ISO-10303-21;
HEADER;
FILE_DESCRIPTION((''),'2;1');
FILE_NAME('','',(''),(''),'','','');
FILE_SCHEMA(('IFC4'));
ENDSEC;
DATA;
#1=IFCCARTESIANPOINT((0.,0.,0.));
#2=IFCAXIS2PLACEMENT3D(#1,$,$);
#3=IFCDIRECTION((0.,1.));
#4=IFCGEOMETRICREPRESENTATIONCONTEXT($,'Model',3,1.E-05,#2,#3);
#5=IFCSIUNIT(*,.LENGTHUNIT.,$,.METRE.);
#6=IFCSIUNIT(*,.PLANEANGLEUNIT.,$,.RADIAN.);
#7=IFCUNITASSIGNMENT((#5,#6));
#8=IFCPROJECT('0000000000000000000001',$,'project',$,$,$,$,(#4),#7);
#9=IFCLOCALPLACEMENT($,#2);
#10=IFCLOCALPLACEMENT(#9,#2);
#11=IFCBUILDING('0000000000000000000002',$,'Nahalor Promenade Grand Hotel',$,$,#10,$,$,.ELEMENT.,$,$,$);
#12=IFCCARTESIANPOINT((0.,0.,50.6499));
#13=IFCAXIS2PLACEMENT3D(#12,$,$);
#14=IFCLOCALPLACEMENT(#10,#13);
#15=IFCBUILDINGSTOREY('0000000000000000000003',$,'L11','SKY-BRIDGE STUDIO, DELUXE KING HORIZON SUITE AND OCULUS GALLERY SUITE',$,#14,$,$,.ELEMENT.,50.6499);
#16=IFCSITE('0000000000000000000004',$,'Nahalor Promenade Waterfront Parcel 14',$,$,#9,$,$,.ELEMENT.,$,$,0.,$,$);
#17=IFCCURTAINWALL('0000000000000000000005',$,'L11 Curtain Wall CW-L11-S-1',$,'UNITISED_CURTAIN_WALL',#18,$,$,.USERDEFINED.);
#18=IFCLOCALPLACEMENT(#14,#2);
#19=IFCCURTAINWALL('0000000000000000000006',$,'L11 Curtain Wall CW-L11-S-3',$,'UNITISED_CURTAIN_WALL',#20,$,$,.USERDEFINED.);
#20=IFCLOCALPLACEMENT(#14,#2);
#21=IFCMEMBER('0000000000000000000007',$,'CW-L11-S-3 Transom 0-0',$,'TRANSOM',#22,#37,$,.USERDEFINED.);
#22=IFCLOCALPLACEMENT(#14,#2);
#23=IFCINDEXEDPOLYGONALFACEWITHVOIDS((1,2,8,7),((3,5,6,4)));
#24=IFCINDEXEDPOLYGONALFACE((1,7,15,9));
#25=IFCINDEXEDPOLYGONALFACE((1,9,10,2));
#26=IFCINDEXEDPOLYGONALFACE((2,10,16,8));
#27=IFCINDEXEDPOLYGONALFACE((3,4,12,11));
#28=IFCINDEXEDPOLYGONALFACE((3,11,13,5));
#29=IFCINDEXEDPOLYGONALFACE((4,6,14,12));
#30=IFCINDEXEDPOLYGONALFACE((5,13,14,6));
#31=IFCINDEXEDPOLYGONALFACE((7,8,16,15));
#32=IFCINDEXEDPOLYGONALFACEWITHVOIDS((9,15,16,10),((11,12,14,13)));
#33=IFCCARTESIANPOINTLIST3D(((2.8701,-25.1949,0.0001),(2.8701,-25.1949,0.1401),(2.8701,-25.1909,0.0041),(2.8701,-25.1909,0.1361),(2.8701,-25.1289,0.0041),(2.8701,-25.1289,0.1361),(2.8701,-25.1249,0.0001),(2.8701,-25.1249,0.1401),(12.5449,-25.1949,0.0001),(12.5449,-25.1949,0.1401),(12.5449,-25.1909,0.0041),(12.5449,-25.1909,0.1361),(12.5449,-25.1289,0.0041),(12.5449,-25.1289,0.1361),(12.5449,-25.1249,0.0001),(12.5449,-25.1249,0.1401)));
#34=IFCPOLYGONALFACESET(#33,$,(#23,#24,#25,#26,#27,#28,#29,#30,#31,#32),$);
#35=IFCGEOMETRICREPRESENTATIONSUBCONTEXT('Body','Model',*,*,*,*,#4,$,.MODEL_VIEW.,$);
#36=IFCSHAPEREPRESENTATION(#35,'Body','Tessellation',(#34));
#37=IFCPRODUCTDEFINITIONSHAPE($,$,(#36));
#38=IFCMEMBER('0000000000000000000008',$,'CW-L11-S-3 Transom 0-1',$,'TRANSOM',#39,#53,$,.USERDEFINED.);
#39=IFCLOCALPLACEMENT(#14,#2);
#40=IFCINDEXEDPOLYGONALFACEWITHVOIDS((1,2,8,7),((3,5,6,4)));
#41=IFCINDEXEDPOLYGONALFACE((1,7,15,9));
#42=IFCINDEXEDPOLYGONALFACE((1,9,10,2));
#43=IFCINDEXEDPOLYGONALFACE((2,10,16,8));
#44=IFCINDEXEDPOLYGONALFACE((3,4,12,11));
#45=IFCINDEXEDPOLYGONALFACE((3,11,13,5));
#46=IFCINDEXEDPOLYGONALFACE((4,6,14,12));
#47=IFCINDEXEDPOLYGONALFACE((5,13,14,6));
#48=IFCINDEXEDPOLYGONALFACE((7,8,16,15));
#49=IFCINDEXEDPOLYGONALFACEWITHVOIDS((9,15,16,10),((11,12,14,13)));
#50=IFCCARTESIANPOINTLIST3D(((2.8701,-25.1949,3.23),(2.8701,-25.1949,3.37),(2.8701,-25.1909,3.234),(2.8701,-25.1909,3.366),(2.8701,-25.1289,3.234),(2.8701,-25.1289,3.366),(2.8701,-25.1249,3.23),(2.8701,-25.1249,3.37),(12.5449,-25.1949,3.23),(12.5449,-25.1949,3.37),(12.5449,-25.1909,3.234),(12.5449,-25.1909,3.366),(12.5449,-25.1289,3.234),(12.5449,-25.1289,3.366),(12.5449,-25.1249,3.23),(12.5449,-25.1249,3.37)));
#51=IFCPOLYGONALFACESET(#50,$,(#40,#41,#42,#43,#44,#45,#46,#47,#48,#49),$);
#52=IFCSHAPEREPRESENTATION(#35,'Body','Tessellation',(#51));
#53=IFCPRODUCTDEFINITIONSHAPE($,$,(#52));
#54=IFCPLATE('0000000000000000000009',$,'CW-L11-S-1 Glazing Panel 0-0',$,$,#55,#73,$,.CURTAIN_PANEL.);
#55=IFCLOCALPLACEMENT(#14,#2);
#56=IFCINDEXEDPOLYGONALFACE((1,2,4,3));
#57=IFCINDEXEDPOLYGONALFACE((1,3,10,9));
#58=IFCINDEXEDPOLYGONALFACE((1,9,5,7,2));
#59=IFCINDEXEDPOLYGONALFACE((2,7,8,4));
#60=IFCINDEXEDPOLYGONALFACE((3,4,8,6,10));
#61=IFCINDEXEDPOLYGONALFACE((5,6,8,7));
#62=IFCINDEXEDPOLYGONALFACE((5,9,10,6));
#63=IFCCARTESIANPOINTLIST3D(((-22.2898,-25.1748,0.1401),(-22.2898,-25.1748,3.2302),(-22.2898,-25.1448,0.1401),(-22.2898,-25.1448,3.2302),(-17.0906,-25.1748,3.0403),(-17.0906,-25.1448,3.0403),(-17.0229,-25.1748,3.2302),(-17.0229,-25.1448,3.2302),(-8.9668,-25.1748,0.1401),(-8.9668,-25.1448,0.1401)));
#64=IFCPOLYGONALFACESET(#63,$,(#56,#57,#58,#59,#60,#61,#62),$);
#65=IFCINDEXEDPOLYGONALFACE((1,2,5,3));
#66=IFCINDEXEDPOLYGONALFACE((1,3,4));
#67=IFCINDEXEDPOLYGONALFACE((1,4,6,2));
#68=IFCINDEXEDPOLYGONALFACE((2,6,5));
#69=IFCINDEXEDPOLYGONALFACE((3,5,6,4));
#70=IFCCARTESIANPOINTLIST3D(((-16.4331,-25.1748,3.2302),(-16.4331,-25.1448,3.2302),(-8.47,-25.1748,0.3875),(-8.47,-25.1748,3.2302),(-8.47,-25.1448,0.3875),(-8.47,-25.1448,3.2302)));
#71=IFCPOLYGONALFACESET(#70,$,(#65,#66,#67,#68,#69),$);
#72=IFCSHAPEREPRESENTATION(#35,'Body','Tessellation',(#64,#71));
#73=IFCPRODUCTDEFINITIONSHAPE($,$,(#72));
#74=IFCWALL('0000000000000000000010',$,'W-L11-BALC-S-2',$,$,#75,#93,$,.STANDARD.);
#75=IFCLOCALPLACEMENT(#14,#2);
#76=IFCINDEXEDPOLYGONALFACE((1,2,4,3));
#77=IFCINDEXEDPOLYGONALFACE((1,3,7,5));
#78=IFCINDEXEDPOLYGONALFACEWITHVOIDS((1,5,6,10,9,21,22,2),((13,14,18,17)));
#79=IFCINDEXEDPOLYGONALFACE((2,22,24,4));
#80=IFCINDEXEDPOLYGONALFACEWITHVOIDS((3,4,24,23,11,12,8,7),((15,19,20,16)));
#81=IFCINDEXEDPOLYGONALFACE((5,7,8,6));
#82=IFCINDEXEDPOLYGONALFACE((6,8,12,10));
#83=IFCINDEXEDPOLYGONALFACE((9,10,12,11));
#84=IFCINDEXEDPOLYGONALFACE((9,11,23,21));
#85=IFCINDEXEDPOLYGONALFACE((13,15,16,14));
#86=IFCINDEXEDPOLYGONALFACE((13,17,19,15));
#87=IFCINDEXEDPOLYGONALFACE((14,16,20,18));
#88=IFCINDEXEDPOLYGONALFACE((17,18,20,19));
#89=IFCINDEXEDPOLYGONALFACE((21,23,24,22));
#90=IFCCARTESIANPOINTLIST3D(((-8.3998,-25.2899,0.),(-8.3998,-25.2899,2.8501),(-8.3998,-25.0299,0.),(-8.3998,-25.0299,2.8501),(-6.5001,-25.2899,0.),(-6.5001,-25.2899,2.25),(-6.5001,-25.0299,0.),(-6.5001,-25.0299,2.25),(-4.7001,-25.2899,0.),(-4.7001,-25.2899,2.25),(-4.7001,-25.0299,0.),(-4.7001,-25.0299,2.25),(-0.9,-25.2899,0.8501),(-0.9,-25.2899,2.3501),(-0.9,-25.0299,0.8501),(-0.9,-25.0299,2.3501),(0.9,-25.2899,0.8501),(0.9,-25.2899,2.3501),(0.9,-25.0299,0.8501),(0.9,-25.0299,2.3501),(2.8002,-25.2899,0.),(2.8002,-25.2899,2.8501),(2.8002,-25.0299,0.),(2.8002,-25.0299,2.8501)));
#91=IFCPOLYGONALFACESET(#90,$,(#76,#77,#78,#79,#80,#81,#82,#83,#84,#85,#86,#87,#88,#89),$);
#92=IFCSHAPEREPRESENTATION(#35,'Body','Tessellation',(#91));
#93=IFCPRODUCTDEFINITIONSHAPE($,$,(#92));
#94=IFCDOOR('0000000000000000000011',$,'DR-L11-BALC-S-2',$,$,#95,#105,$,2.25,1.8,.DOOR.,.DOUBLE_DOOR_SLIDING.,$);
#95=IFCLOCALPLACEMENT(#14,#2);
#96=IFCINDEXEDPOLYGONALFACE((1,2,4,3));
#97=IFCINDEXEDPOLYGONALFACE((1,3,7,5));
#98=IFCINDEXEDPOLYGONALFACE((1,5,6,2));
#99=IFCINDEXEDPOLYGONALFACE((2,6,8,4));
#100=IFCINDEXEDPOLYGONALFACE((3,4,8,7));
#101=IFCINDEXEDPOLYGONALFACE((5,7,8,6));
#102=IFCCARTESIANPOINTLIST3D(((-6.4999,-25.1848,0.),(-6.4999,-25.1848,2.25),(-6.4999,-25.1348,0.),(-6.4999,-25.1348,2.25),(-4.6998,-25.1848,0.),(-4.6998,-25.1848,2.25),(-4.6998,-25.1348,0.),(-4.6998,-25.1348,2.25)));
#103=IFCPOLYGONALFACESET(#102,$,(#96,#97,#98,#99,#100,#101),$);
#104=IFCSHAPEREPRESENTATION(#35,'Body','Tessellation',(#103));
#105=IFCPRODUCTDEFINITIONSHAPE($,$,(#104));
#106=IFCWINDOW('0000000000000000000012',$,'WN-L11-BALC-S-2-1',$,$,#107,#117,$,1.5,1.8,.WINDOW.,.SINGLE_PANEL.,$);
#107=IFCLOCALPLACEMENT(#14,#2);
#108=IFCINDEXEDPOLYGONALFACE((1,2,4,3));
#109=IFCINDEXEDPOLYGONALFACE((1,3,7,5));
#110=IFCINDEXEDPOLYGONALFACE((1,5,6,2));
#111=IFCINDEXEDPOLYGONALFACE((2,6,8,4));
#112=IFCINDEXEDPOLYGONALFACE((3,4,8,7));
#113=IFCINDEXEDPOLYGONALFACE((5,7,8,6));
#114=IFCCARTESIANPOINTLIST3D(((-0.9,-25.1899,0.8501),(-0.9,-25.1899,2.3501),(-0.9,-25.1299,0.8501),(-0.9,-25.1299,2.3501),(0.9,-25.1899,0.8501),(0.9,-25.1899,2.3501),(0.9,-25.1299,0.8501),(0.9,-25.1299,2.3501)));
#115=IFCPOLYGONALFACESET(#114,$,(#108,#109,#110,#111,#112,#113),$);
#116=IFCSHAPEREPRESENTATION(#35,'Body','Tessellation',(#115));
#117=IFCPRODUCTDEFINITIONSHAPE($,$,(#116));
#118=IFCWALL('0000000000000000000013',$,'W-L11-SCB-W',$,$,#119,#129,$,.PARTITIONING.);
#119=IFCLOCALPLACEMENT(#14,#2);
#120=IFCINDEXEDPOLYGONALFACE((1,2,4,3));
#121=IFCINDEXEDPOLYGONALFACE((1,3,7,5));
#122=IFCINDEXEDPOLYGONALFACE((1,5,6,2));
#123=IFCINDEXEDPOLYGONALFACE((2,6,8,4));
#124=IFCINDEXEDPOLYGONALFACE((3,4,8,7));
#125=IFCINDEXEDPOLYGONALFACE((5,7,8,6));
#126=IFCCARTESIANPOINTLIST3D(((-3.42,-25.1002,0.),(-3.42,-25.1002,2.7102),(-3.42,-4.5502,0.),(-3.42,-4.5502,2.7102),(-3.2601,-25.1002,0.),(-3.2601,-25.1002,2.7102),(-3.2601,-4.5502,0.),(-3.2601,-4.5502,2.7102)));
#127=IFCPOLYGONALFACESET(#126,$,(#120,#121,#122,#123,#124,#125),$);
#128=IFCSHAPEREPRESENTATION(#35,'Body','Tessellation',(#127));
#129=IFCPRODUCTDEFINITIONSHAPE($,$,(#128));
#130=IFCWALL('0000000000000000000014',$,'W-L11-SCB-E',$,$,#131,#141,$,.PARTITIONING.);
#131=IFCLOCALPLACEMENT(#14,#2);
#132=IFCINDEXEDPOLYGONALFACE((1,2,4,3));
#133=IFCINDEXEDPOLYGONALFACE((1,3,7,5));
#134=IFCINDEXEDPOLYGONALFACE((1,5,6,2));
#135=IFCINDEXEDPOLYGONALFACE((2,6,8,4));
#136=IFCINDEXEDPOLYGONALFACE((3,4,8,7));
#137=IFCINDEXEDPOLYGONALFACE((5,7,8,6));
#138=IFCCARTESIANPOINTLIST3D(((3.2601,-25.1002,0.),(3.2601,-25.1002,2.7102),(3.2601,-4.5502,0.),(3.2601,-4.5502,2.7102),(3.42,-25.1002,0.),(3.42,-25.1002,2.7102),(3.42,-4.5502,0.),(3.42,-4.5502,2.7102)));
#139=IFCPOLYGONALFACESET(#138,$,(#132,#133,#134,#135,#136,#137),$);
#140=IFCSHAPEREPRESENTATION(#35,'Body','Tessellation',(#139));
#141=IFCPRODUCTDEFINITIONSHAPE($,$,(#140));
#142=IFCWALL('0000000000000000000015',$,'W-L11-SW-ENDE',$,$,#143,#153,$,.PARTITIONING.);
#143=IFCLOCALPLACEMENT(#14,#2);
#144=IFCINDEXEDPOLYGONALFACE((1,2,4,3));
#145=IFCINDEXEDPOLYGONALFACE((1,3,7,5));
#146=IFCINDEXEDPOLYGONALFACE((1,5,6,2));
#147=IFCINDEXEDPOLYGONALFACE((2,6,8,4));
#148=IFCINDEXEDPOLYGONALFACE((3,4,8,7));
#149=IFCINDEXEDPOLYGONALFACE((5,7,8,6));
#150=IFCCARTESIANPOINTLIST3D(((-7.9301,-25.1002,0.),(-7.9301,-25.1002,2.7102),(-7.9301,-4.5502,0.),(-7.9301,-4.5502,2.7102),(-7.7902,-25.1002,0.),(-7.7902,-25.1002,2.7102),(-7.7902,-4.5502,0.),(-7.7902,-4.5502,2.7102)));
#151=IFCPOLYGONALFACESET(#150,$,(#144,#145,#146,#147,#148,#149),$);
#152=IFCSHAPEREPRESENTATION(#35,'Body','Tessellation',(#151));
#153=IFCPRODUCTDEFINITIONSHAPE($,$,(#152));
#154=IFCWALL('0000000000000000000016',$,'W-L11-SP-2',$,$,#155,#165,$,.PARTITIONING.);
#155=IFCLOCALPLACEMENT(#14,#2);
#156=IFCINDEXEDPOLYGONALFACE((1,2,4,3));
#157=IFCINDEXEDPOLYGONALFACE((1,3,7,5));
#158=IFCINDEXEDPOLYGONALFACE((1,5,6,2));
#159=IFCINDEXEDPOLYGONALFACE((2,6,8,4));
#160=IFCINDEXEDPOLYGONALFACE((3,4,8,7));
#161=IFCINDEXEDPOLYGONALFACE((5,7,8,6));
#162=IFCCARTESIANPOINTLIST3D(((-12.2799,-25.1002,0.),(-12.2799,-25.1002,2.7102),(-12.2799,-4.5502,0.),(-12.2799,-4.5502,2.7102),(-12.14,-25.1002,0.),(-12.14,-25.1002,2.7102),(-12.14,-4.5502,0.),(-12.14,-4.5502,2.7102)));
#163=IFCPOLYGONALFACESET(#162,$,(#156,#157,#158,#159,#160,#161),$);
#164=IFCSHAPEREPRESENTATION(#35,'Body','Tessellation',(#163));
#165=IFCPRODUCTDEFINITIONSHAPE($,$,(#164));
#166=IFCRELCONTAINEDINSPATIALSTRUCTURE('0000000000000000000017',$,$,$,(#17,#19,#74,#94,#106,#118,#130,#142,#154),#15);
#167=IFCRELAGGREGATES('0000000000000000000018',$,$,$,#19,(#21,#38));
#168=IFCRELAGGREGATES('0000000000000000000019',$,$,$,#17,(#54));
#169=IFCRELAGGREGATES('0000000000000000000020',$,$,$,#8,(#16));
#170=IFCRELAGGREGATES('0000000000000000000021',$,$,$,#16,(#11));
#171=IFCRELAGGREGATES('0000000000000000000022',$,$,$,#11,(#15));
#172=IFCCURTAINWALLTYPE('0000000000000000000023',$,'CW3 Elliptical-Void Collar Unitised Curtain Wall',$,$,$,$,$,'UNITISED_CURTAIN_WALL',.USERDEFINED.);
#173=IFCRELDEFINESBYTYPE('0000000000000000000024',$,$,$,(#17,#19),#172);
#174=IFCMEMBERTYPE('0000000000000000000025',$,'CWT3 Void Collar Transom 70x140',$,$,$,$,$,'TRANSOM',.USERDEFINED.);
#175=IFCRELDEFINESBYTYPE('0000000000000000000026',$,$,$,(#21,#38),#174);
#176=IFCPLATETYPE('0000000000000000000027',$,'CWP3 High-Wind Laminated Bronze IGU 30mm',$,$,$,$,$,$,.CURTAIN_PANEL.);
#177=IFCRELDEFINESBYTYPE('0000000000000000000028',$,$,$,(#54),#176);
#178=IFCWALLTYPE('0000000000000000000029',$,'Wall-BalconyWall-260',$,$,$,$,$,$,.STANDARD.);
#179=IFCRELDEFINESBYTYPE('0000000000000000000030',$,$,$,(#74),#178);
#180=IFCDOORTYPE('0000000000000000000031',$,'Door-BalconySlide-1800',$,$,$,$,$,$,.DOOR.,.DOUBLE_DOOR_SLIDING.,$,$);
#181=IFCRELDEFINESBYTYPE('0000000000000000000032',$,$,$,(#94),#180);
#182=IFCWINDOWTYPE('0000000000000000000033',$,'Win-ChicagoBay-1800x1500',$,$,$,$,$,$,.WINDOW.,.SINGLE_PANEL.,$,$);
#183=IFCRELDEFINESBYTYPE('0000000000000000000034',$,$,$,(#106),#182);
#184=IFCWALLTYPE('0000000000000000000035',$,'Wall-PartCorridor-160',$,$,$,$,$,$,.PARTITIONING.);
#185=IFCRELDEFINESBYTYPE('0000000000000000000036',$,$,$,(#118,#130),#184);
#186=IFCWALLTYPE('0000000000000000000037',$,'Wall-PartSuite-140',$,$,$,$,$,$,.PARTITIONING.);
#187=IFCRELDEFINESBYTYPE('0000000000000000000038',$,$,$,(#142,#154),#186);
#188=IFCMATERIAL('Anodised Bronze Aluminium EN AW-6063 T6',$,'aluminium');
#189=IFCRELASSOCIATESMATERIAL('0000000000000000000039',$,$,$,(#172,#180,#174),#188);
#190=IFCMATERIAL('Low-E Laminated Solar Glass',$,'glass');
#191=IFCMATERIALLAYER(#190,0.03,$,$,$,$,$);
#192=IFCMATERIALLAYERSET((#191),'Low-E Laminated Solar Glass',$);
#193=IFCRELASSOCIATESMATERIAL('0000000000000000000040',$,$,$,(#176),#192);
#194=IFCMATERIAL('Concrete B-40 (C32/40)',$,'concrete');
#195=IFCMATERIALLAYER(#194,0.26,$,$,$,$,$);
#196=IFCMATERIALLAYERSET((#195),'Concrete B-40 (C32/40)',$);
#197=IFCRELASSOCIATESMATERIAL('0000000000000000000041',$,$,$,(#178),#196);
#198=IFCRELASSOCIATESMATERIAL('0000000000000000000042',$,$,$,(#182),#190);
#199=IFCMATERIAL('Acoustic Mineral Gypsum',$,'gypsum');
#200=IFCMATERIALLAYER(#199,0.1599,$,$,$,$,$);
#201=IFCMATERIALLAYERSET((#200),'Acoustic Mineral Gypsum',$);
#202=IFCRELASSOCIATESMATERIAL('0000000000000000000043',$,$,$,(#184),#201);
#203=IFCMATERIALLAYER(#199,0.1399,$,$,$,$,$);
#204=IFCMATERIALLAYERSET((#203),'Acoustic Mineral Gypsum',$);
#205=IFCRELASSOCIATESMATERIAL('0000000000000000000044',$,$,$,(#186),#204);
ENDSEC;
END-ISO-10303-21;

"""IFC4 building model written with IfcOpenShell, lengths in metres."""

from ifc_helpers import new_model, si_unit, direction, frame, frame_2d, origin, origin_2d, place, context, subcontext, project, spatial, polyline, rectangle, hollow_rectangle, outline, extrude, source, transform, mapped, material, layer, layer_set, material_profile, profile_set, type_object, element, fill, aggregate, save


model = new_model("IFC4")

# Units and contexts
model_context = context("Model", 3, precision=1e-05, world=origin(), true_north=direction((0.0, 1.0)))
body_context = subcontext(model_context, "Body", "Model", "MODEL_VIEW")
ifc_project = project(units=[si_unit("LENGTHUNIT", "METRE"), si_unit("PLANEANGLEUNIT", "RADIAN")], contexts=[model_context])

# Site, building, storey
site_placement = place(None, origin())
site = spatial("IfcSite", under=ifc_project, at=site_placement, Name="Nahalor Promenade Waterfront Parcel 14", CompositionType="ELEMENT", RefElevation=0.0)
building_placement = place(site_placement, origin())
building = spatial("IfcBuilding", under=site, at=building_placement, Name="Nahalor Promenade Grand Hotel", CompositionType="ELEMENT")
storey_placement = place(building_placement, frame((0.0, 0.0, 50.6499)))
storey = spatial("IfcBuildingStorey", under=building, at=storey_placement, Name="L11", Description="SKY-BRIDGE STUDIO, DELUXE KING HORIZON SUITE AND OCULUS GALLERY SUITE", CompositionType="ELEMENT", Elevation=50.6499)

# Curtain wall
ifc_material_1 = material(Name="Anodised Bronze Aluminium EN AW-6063 T6", Category="aluminium")
curtain_wall_type = type_object("IfcCurtainWallType", Name="CW3 Elliptical-Void Collar Unitised Curtain Wall", ElementType="UNITISED_CURTAIN_WALL", PredefinedType="USERDEFINED", material=ifc_material_1)
curtain_wall_1_placement = place(storey_placement, origin())
curtain_wall_1 = element("IfcCurtainWall", 1, at=curtain_wall_1_placement, inside=storey, type_object=curtain_wall_type, Name="L11 Curtain Wall CW-L11-S-1", ObjectType="UNITISED_CURTAIN_WALL", PredefinedType="USERDEFINED")

# Curtain wall, members
curtain_wall_2_placement = place(storey_placement, origin())
curtain_wall_2 = element("IfcCurtainWall", 2, at=curtain_wall_2_placement, inside=storey, type_object=curtain_wall_type, Name="L11 Curtain Wall CW-L11-S-3", ObjectType="UNITISED_CURTAIN_WALL", PredefinedType="USERDEFINED")
ifc_material_profile_1 = material_profile(ifc_material_1, hollow_rectangle(XDim=0.07, YDim=0.14, WallThickness=0.004, at=origin_2d()), Name="CWT 70x140x4")
ifc_profile_set_1 = profile_set([ifc_material_profile_1], Name="Anodised Bronze Aluminium EN AW-6063 T6")
member_type_1 = type_object("IfcMemberType", Name="CWT3 Void Collar Transom 70x140", ElementType="TRANSOM", PredefinedType="USERDEFINED", material=ifc_profile_set_1)
shared_shape_1 = source(origin(), body_context, "Body", "SweptSolid", [
    extrude(hollow_rectangle(XDim=0.07, YDim=0.14, WallThickness=0.004, at=origin_2d()), origin(), (0.0, 0.0, 1.0), 9.6748),
])
member_1_placement = place(storey_placement, frame((2.8701, -25.1599, 0.0701), z_axis=(1.0, 0.0, 0.0), x_axis=(0.0, 1.0, 0.0)))
member_1 = element("IfcMember", 3, at=member_1_placement, type_object=member_type_1, Name="CW-L11-S-3 Transom 0-0", ObjectType="TRANSOM", PredefinedType="USERDEFINED", context=body_context, shape_type="MappedRepresentation", body=[
    mapped(shared_shape_1, transform((0.0, 0.0, 0.0), scale=1.0)),
])
member_2_placement = place(storey_placement, frame((2.8701, -25.1599, 3.3), z_axis=(1.0, 0.0, 0.0), x_axis=(0.0, 1.0, 0.0)))
member_2 = element("IfcMember", 4, at=member_2_placement, type_object=member_type_1, Name="CW-L11-S-3 Transom 0-1", ObjectType="TRANSOM", PredefinedType="USERDEFINED", context=body_context, shape_type="MappedRepresentation", body=[
    mapped(shared_shape_1, transform((0.0, 0.0, 0.0), scale=1.0)),
])
aggregate(curtain_wall_2, [member_1, member_2])

# Plate
ifc_material_2 = material(Name="Low-E Laminated Solar Glass", Category="glass")
ifc_layer_1 = layer(ifc_material_2, 0.03)
ifc_layer_set_1 = layer_set([ifc_layer_1], Name="Low-E Laminated Solar Glass")
plate_type = type_object("IfcPlateType", Name="CWP3 High-Wind Laminated Bronze IGU 30mm", PredefinedType="CURTAIN_PANEL", material=ifc_layer_set_1)
plate_placement = place(storey_placement, frame((-15.3799, -25.1599, 0.1401), z_axis=(0.0, 0.0, 1.0), x_axis=(1.0, 0.0, 0.0)))
plate = element("IfcPlate", 5, at=plate_placement, type_object=plate_type, Name="CW-L11-S-1 Glazing Panel 0-0", PredefinedType="CURTAIN_PANEL", context=body_context, shape_type="SweptSolid", body=[
    extrude(outline(polyline([(-6.9099, 3.0901), (-6.9099, 0.0), (6.4131, 0.0), (-1.7107, 2.9001), (-1.6431, 3.0901), (-6.9099, 3.0901)])), frame((0.0, 0.0151, 0.0), z_axis=(0.0, -1.0, 0.0), x_axis=(1.0, 0.0, 0.0)), (0.0, 0.0, 1.0), 0.03),
    extrude(outline(polyline([(6.9099, 0.2473), (6.9099, 3.0901), (-1.0532, 3.0901), (6.9099, 0.2473)])), frame((0.0, 0.0151, 0.0), z_axis=(0.0, -1.0, 0.0), x_axis=(1.0, 0.0, 0.0)), (0.0, 0.0, 1.0), 0.03),
])
aggregate(curtain_wall_1, [plate])

# Wall, openings, door, window
ifc_material_3 = material(Name="Concrete B-40 (C32/40)", Category="concrete")
ifc_layer_2 = layer(ifc_material_3, 0.26)
ifc_layer_set_2 = layer_set([ifc_layer_2], Name="Concrete B-40 (C32/40)")
wall_type_1 = type_object("IfcWallType", Name="Wall-BalconyWall-260", PredefinedType="STANDARD", material=ifc_layer_set_2)
shared_shape_2 = source(origin(), body_context, "Body", "SweptSolid", [
    extrude(rectangle(XDim=11.2, YDim=0.26, at=frame_2d((5.6001, 0.0))), origin(), (0.0, 0.0, 1.0), 2.8501),
])
wall_1_placement = place(storey_placement, frame((-8.3999, -25.1599, 0.0), z_axis=(0.0, 0.0, 1.0), x_axis=(1.0, 0.0, 0.0)))
wall_1 = element("IfcWall", 6, at=wall_1_placement, inside=storey, type_object=wall_type_1, Name="W-L11-BALC-S-2", PredefinedType="STANDARD", context=body_context, shape_type="MappedRepresentation", body=[
    mapped(shared_shape_2, transform((0.0, 0.0, 0.0), scale=1.0)),
])
opening_1_placement = place(wall_1_placement, frame((1.8999, 0.0, 0.0)))
opening_1 = element("IfcOpeningElement", 7, at=opening_1_placement, cuts=wall_1, PredefinedType="OPENING", context=body_context, shape_type="SweptSolid", body=[
    extrude(rectangle(XDim=1.8, YDim=2.25, at=frame_2d((0.8999, 1.125))), frame((0.0, 0.1399, 0.0), z_axis=(0.0, -1.0, 0.0), x_axis=(1.0, 0.0, 0.0)), (0.0, 0.0, 1.0), 0.28),
])
opening_2_placement = place(wall_1_placement, frame((7.5, 0.0, 0.8501)))
opening_2 = element("IfcOpeningElement", 8, at=opening_2_placement, cuts=wall_1, PredefinedType="OPENING", context=body_context, shape_type="SweptSolid", body=[
    extrude(rectangle(XDim=1.8, YDim=1.5, at=frame_2d((0.8999, 0.75))), frame((0.0, 0.1399, 0.0), z_axis=(0.0, -1.0, 0.0), x_axis=(1.0, 0.0, 0.0)), (0.0, 0.0, 1.0), 0.28),
])
door_type_1 = type_object("IfcDoorType", Name="Door-BalconySlide-1800", OperationType="DOUBLE_DOOR_SLIDING", PredefinedType="DOOR", material=ifc_material_1)
shared_shape_3 = source(origin(), body_context, "Body", "SweptSolid", [
    extrude(rectangle(XDim=1.8, YDim=2.25, at=frame_2d((0.8999, 1.125))), frame((0.0, 0.0249, 0.0), z_axis=(0.0, -1.0, 0.0), x_axis=(1.0, 0.0, 0.0)), (0.0, 0.0, 1.0), 0.05),
])
door_1_placement = place(opening_1_placement, frame((1.8, 0.0, 0.0), z_axis=(0.0, 0.0, 1.0), x_axis=(-1.0, 0.0, 0.0)))
door_1 = element("IfcDoor", 9, at=door_1_placement, inside=storey, type_object=door_type_1, Name="DR-L11-BALC-S-2", OperationType="DOUBLE_DOOR_SLIDING", OverallHeight=2.25, OverallWidth=1.8, PredefinedType="DOOR", context=body_context, shape_type="MappedRepresentation", body=[
    mapped(shared_shape_3, transform((0.0, 0.0, 0.0), scale=1.0)),
])
fill(opening_1, door_1)
window_type = type_object("IfcWindowType", Name="Win-ChicagoBay-1800x1500", PartitioningType="SINGLE_PANEL", PredefinedType="WINDOW", material=ifc_material_2)
shared_shape_4 = source(origin(), body_context, "Body", "SweptSolid", [
    extrude(rectangle(XDim=1.8, YDim=1.5, at=frame_2d((0.8999, 0.75))), frame((0.0, 0.03, 0.0), z_axis=(0.0, -1.0, 0.0), x_axis=(1.0, 0.0, 0.0)), (0.0, 0.0, 1.0), 0.0601),
])
window_placement = place(opening_2_placement, origin())
window = element("IfcWindow", 10, at=window_placement, inside=storey, type_object=window_type, Name="WN-L11-BALC-S-2-1", OverallHeight=1.5, OverallWidth=1.8, PartitioningType="SINGLE_PANEL", PredefinedType="WINDOW", context=body_context, shape_type="MappedRepresentation", body=[
    mapped(shared_shape_4, transform((0.0, 0.0, 0.0), scale=1.0)),
])
fill(opening_2, window)

# Walls
ifc_material_4 = material(Name="Acoustic Mineral Gypsum", Category="gypsum")
ifc_layer_3 = layer(ifc_material_4, 0.1599)
ifc_layer_set_3 = layer_set([ifc_layer_3], Name="Acoustic Mineral Gypsum")
wall_type_2 = type_object("IfcWallType", Name="Wall-PartCorridor-160", PredefinedType="PARTITIONING", material=ifc_layer_set_3)
shared_shape_5 = source(origin(), body_context, "Body", "SweptSolid", [
    extrude(rectangle(XDim=20.55, YDim=0.1599, at=frame_2d((10.2749, 0.0))), origin(), (0.0, 0.0, 1.0), 2.7102),
])
for number, where, z_axis, x_axis, name in (
    (11, (-3.3401, -25.1001, 0.0), (0.0, 0.0, 1.0), (0.0, 1.0, 0.0), "W-L11-SCB-W"),
    (12, (3.3401, -25.1001, 0.0), (0.0, 0.0, 1.0), (0.0, 1.0, 0.0), "W-L11-SCB-E"),
):
    element("IfcWall", number, at=place(storey_placement, frame(where, z_axis=z_axis, x_axis=x_axis)), inside=storey, type_object=wall_type_2, Name=name, PredefinedType="PARTITIONING", context=body_context, shape_type="MappedRepresentation", body=[
        mapped(shared_shape_5, transform((0.0, 0.0, 0.0), scale=1.0)),
    ])
ifc_layer_4 = layer(ifc_material_4, 0.1399)
ifc_layer_set_4 = layer_set([ifc_layer_4], Name="Acoustic Mineral Gypsum")
wall_type_3 = type_object("IfcWallType", Name="Wall-PartSuite-140", PredefinedType="PARTITIONING", material=ifc_layer_set_4)
shared_shape_6 = source(origin(), body_context, "Body", "SweptSolid", [
    extrude(rectangle(XDim=20.55, YDim=0.1399, at=frame_2d((10.2749, 0.0))), origin(), (0.0, 0.0, 1.0), 2.7102),
])
for number, where, z_axis, x_axis, name in (
    (13, (-7.8601, -25.1001, 0.0), (0.0, 0.0, 1.0), (0.0, 1.0, 0.0), "W-L11-SW-ENDE"),
    (14, (-12.21, -25.1001, 0.0), (0.0, 0.0, 1.0), (0.0, 1.0, 0.0), "W-L11-SP-2"),
):
    element("IfcWall", number, at=place(storey_placement, frame(where, z_axis=z_axis, x_axis=x_axis)), inside=storey, type_object=wall_type_3, Name=name, PredefinedType="PARTITIONING", context=body_context, shape_type="MappedRepresentation", body=[
        mapped(shared_shape_6, transform((0.0, 0.0, 0.0), scale=1.0)),
    ])

save(model, "model.ifc")
